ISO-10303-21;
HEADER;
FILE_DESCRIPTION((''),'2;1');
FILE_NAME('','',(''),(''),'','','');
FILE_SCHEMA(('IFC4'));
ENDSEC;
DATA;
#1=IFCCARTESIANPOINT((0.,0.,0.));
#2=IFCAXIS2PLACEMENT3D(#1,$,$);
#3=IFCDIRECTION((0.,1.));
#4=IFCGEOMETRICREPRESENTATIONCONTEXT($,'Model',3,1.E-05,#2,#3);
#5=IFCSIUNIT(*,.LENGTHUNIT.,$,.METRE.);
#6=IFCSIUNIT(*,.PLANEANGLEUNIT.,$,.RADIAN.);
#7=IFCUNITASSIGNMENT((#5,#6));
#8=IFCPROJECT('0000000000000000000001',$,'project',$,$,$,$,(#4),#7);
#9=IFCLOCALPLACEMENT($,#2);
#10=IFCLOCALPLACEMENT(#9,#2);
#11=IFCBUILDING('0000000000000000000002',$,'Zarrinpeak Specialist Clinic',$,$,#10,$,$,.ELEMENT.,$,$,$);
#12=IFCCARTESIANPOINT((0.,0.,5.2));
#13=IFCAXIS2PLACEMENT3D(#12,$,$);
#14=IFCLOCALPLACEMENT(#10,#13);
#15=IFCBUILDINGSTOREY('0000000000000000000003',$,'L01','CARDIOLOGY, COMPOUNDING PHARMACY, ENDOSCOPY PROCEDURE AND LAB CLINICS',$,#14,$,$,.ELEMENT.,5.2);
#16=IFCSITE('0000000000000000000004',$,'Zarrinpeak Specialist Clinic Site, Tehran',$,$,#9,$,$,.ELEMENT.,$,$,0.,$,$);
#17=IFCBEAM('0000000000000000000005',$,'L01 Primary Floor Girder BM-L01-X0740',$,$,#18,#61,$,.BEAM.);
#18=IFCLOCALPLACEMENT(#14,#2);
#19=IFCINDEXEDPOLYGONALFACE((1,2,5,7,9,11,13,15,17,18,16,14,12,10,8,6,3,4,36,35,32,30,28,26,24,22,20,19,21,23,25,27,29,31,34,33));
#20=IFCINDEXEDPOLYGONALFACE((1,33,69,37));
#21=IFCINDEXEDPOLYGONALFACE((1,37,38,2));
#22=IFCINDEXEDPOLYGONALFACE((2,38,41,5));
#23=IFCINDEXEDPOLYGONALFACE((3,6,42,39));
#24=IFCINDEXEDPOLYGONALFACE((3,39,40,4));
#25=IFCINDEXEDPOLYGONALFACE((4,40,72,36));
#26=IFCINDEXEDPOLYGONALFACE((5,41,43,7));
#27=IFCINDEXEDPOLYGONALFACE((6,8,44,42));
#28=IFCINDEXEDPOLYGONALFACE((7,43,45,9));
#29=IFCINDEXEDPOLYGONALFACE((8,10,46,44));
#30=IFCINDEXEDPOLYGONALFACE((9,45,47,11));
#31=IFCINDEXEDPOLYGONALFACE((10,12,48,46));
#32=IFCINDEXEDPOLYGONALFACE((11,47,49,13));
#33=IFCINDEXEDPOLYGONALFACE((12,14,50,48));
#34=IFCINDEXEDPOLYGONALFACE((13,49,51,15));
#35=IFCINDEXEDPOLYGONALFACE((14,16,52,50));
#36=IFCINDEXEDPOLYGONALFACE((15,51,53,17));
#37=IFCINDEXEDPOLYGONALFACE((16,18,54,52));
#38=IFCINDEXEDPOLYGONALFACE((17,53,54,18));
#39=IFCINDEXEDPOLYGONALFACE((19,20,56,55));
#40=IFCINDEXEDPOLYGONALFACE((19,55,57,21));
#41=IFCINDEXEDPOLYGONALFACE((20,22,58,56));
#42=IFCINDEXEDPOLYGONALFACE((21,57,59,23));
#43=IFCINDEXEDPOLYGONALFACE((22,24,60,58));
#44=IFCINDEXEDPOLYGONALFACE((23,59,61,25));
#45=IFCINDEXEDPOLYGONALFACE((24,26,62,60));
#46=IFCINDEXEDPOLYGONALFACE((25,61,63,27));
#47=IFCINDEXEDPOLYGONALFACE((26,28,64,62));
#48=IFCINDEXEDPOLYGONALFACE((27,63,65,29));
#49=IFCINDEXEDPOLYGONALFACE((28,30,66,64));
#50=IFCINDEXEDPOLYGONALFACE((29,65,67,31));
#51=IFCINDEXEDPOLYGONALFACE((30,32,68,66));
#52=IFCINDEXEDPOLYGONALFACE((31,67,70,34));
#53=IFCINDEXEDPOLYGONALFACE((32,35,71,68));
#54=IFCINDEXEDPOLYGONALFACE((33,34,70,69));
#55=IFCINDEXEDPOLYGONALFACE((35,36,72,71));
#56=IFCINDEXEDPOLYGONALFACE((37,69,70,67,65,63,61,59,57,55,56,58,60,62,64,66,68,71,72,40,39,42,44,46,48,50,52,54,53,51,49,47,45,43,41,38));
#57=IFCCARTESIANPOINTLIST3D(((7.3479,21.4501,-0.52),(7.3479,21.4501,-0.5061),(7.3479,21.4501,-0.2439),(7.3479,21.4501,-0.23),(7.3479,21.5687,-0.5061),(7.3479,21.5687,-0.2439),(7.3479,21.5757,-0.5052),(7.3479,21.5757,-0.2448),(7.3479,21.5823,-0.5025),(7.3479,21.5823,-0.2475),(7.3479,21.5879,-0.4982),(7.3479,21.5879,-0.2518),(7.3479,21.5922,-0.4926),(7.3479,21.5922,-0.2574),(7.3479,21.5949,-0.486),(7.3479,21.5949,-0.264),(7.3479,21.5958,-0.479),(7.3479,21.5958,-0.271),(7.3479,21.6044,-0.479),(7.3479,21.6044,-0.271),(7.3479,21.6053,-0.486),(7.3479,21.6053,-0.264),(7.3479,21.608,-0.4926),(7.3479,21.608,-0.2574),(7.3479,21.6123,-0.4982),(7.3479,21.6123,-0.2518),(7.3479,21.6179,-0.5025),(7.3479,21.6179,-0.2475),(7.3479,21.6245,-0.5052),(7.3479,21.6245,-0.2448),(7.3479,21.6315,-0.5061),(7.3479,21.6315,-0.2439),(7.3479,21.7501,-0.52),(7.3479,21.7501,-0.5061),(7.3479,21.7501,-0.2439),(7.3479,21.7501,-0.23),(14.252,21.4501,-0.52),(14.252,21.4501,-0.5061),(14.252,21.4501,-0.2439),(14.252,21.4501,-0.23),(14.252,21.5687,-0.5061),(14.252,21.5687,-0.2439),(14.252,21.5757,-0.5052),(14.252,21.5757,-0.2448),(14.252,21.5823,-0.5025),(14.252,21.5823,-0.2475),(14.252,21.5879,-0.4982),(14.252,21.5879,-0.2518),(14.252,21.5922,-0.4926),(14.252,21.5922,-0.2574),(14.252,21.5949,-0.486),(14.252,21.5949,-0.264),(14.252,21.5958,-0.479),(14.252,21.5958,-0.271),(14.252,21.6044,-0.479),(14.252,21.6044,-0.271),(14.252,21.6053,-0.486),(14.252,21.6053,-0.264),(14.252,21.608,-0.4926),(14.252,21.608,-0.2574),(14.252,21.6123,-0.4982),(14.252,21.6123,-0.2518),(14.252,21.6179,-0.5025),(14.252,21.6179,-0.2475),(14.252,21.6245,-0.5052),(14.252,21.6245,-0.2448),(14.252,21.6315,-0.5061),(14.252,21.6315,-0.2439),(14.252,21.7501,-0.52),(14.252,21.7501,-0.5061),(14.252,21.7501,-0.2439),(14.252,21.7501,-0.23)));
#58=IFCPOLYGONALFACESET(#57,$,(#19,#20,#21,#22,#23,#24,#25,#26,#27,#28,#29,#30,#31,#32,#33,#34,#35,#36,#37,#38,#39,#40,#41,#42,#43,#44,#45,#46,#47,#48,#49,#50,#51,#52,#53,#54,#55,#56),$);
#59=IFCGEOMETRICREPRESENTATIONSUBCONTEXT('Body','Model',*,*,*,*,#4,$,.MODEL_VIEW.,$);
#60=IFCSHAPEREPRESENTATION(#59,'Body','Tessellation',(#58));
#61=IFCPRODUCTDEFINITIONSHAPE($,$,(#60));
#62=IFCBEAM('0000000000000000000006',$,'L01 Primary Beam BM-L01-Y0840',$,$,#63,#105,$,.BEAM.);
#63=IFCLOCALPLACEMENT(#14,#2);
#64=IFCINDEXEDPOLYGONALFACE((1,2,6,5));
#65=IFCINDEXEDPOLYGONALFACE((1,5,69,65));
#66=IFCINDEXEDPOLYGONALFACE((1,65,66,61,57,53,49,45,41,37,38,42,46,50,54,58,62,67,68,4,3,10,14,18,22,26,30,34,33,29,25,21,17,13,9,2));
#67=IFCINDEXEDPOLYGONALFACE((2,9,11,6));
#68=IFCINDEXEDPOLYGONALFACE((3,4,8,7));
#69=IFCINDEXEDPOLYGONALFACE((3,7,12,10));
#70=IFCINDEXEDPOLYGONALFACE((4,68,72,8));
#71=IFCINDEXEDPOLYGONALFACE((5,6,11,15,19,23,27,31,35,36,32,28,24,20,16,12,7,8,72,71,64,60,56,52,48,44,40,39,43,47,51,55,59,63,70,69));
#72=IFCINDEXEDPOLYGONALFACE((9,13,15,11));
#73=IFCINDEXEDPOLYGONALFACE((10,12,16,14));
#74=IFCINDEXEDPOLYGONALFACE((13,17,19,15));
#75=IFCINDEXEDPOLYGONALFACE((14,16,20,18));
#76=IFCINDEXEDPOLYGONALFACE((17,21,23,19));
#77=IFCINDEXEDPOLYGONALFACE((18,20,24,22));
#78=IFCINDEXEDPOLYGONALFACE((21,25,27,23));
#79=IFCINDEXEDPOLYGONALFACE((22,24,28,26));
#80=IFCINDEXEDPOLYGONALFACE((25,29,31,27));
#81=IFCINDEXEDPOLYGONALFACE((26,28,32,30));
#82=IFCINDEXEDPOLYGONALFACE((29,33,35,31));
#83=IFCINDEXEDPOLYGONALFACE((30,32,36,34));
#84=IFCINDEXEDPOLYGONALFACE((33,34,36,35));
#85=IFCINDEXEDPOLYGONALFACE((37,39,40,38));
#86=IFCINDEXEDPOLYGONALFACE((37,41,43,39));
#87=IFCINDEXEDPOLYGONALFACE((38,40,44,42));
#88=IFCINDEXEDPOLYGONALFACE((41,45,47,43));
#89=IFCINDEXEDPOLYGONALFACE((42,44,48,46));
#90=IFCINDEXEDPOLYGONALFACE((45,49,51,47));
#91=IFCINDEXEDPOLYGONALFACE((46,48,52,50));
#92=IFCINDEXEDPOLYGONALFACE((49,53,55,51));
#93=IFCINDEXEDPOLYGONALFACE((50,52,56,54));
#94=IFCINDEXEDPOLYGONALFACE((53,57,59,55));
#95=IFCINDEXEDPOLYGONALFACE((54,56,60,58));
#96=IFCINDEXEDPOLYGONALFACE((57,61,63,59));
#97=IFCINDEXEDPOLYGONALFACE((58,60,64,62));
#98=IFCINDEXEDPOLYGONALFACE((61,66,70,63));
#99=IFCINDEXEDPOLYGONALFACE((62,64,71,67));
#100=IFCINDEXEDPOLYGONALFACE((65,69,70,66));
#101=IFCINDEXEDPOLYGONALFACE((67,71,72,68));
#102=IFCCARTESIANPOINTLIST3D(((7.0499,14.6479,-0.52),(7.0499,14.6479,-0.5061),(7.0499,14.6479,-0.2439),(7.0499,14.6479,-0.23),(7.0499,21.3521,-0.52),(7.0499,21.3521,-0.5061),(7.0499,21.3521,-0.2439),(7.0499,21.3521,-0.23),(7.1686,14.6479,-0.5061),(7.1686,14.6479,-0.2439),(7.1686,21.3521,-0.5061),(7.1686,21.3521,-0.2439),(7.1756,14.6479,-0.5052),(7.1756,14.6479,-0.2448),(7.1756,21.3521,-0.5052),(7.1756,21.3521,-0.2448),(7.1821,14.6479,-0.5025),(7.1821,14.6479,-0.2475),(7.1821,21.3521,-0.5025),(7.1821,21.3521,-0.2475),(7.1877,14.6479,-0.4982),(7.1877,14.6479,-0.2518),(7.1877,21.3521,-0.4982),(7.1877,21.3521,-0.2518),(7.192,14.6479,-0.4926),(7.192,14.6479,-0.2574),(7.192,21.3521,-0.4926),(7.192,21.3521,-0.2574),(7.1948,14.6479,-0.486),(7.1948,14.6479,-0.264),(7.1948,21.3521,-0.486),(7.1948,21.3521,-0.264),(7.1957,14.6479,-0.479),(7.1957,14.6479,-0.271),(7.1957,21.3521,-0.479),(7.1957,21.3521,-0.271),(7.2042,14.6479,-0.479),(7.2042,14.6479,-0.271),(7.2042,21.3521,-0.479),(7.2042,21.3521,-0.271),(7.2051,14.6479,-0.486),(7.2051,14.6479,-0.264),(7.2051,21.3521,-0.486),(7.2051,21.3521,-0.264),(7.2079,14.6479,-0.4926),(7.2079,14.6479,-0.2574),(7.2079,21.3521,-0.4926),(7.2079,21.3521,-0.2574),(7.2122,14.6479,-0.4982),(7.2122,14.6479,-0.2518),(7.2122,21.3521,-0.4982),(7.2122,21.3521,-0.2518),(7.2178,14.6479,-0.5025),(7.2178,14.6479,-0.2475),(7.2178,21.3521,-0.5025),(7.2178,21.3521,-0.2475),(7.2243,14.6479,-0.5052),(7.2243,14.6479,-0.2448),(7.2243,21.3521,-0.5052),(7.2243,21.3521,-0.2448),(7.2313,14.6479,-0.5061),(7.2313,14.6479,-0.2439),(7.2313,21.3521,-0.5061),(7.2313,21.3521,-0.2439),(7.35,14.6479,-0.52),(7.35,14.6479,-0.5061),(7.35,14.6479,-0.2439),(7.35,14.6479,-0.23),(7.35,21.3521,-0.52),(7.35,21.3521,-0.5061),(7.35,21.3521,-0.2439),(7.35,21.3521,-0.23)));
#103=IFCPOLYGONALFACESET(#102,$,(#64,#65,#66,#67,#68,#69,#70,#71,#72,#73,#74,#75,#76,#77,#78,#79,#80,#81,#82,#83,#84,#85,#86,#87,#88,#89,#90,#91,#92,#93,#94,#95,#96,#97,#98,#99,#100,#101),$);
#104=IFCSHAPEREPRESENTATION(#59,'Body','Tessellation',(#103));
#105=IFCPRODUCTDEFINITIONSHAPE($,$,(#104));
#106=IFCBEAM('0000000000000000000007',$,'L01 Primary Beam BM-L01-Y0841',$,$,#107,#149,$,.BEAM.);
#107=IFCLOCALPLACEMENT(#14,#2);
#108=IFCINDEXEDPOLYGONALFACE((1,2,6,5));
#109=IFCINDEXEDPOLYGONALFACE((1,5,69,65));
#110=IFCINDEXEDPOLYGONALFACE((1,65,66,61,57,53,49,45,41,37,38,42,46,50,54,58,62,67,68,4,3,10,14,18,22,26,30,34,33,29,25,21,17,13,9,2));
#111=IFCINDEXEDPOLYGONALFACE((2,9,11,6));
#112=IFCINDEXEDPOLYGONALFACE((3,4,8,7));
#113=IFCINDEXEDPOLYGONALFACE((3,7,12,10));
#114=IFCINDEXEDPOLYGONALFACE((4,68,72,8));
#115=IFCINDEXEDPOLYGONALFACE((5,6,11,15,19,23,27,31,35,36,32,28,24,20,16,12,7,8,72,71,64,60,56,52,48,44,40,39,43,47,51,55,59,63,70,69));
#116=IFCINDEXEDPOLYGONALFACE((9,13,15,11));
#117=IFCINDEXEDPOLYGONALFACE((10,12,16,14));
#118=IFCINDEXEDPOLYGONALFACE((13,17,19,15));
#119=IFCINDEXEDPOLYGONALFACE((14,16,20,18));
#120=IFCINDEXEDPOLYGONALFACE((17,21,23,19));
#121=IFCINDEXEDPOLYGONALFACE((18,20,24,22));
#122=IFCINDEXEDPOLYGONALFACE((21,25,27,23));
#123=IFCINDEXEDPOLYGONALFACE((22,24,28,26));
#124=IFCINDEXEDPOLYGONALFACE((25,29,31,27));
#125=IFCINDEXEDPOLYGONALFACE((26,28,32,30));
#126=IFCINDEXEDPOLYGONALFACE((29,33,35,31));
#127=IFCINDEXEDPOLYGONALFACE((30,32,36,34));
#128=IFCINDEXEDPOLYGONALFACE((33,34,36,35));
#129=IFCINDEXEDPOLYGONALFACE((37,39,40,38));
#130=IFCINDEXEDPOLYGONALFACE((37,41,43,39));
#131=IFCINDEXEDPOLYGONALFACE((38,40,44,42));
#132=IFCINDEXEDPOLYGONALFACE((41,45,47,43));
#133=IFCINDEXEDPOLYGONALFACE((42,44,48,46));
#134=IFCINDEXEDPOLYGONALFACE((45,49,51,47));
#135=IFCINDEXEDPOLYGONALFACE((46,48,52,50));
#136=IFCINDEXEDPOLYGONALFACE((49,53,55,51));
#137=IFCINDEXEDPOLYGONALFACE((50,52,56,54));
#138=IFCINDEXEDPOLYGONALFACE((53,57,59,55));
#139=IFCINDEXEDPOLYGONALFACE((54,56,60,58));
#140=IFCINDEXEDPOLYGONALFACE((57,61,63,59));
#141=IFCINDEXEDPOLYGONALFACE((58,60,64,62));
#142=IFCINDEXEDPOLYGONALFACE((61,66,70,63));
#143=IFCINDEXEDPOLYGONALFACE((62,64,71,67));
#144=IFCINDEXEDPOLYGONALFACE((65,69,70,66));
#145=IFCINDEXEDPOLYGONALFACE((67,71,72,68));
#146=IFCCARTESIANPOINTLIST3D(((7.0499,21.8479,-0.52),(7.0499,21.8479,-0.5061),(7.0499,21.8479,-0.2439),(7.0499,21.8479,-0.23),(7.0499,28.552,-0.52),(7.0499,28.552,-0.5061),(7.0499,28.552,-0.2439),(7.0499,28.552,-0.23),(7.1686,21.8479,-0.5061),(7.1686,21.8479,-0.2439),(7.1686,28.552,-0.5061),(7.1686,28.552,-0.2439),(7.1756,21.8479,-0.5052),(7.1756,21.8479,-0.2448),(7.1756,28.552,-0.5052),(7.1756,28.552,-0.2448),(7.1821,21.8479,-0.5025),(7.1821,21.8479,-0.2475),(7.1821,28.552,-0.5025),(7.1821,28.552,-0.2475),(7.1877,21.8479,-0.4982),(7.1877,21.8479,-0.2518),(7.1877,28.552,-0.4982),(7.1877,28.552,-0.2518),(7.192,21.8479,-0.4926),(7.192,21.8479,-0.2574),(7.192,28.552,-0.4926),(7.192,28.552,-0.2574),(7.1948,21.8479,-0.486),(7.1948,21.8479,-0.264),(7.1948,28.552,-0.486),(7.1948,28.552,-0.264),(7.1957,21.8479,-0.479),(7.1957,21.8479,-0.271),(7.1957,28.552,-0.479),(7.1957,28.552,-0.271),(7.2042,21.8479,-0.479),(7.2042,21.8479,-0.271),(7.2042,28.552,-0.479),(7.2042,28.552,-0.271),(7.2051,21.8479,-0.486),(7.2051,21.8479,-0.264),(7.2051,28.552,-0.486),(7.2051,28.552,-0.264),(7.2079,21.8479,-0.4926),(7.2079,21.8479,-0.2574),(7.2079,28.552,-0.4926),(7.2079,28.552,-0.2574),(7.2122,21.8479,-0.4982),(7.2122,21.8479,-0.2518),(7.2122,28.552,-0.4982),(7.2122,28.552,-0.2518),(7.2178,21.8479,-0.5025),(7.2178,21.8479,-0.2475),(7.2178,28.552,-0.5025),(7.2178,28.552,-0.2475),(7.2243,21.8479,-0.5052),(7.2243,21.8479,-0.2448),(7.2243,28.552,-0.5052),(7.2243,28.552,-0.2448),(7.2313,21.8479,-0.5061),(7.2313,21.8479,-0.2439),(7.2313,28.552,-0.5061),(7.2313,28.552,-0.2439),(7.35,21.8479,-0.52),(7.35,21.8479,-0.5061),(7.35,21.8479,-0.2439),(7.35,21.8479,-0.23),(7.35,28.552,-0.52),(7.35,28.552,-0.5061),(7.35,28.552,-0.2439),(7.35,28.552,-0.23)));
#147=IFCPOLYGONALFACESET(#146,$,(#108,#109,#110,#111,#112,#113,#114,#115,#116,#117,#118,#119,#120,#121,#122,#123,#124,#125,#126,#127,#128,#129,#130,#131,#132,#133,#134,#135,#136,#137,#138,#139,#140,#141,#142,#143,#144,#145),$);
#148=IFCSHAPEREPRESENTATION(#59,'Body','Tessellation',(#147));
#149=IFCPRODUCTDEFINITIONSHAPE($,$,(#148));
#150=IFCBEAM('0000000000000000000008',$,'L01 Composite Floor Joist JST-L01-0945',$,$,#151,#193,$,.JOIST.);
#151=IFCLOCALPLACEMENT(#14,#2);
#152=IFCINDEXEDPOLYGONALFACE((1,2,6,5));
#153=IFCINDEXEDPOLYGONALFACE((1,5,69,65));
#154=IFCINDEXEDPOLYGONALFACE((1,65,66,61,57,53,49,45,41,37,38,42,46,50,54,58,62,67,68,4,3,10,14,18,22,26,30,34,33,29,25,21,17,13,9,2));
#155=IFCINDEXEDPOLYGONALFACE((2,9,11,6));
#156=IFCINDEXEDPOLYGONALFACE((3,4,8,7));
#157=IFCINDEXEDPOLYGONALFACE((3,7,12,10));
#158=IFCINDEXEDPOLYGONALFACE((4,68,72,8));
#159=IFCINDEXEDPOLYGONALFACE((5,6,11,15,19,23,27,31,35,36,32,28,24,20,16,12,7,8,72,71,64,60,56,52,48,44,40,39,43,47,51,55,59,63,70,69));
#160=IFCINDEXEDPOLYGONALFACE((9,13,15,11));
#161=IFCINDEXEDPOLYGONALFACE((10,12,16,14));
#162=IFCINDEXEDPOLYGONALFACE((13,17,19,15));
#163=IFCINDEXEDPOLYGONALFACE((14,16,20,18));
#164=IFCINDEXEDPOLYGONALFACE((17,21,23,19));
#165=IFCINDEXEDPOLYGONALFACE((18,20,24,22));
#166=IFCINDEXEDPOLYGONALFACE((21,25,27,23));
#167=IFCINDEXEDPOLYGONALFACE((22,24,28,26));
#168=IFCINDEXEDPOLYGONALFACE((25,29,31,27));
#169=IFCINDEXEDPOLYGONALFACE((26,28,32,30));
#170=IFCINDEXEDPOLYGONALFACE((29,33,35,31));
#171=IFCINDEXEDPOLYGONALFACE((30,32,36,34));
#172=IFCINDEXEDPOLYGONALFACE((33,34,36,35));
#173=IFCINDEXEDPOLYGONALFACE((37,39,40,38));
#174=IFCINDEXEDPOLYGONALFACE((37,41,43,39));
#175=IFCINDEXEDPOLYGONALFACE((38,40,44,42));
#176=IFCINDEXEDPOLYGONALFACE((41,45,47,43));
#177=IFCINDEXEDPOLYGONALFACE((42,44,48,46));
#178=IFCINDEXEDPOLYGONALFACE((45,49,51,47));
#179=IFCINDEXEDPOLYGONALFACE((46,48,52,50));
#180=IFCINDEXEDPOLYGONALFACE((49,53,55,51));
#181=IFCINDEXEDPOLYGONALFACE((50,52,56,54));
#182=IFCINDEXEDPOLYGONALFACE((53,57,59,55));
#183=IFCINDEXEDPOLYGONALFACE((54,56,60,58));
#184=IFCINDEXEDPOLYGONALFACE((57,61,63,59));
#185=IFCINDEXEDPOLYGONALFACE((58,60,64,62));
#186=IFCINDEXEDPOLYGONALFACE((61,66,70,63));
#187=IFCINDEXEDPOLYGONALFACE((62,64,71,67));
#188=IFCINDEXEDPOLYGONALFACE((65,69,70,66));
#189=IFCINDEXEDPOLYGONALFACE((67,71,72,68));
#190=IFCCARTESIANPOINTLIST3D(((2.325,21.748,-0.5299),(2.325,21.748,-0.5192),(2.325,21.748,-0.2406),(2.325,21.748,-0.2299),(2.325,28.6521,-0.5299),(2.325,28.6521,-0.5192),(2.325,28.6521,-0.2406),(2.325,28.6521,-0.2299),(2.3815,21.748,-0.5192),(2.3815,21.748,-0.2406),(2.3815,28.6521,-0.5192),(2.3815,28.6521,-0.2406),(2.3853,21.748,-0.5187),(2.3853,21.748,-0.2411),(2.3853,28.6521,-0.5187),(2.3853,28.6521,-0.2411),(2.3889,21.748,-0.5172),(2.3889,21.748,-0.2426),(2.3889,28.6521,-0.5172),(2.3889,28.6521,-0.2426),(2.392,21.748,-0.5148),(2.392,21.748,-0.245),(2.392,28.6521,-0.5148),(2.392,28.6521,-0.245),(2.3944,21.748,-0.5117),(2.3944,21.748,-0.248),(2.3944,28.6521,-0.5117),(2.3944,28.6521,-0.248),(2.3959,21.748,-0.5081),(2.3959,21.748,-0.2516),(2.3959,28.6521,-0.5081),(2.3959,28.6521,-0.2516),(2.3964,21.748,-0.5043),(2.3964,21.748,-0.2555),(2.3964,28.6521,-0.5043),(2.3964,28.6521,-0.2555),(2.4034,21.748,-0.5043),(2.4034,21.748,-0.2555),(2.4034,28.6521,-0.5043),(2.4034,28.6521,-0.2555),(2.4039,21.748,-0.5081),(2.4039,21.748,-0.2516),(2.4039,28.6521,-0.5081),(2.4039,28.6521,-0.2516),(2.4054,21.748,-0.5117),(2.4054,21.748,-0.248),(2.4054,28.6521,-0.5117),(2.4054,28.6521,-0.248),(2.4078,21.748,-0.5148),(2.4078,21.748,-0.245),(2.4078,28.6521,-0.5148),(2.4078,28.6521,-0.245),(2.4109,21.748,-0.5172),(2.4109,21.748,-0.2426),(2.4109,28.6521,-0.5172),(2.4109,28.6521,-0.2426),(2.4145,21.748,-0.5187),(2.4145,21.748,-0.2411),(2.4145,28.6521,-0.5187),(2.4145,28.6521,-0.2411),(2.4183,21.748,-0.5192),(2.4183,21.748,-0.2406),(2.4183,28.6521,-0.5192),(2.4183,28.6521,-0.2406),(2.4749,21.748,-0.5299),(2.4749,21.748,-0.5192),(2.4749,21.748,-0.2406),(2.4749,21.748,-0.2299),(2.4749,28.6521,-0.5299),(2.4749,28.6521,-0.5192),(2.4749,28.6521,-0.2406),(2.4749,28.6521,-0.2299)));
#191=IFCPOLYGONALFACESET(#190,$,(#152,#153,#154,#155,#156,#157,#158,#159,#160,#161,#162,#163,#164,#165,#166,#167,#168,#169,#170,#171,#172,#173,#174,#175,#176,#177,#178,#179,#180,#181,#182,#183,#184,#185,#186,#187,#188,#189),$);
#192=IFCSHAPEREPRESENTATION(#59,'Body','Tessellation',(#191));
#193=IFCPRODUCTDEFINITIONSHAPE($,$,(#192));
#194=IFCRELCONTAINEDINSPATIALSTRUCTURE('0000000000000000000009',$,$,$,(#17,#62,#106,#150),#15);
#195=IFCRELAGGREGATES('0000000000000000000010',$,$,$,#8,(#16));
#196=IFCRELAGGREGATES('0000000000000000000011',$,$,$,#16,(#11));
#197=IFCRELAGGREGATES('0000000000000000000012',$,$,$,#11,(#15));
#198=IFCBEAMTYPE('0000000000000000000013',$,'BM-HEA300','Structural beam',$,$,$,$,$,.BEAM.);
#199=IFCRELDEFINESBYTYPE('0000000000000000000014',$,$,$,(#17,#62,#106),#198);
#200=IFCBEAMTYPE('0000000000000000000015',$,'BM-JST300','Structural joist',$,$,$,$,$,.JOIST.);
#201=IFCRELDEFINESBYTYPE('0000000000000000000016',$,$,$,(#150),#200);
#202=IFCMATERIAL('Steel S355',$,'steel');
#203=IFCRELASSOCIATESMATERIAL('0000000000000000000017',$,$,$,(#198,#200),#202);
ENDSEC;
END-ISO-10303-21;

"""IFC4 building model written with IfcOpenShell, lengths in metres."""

from ifc_helpers import new_model, si_unit, direction, frame, origin, origin_2d, place, context, subcontext, project, spatial, i_section, extrude, material, material_profile, profile_set, type_object, element, save


model = new_model("IFC4")

# Units and contexts
model_context = context("Model", 3, precision=1e-05, world=origin(), true_north=direction((0.0, 1.0)))
body_context = subcontext(model_context, "Body", "Model", "MODEL_VIEW")
ifc_project = project(units=[si_unit("LENGTHUNIT", "METRE"), si_unit("PLANEANGLEUNIT", "RADIAN")], contexts=[model_context])

# Site, building, storey
site_placement = place(None, origin())
site = spatial("IfcSite", under=ifc_project, at=site_placement, Name="Zarrinpeak Specialist Clinic Site, Tehran", CompositionType="ELEMENT", RefElevation=0.0)
building_placement = place(site_placement, origin())
building = spatial("IfcBuilding", under=site, at=building_placement, Name="Zarrinpeak Specialist Clinic", CompositionType="ELEMENT")
storey_placement = place(building_placement, frame((0.0, 0.0, 5.2)))
storey = spatial("IfcBuildingStorey", under=building, at=storey_placement, Name="L01", Description="CARDIOLOGY, COMPOUNDING PHARMACY, ENDOSCOPY PROCEDURE AND LAB CLINICS", CompositionType="ELEMENT", Elevation=5.2)

# Shared definitions
ifc_material_1 = material(Name="Steel S355", Category="steel")

# Beams
ifc_material_profile_1 = material_profile(ifc_material_1, i_section(OverallWidth=0.3, OverallDepth=0.29, WebThickness=0.0085, FlangeThickness=0.0139, FilletRadius=0.0271, at=origin_2d()), Name="HEA 300")
ifc_profile_set_1 = profile_set([ifc_material_profile_1], Name="Steel S355")
beam_type_1 = type_object("IfcBeamType", Name="BM-HEA300", Description="Structural beam", PredefinedType="BEAM", material=ifc_profile_set_1)
for number, where, z_axis, x_axis, name in (
    (1, (7.3479, 21.6001, -0.375), (1.0, 0.0, 0.0), (0.0, 1.0, 0.0), "L01 Primary Floor Girder BM-L01-X0740"),
):
    element("IfcBeam", number, at=place(storey_placement, frame(where, z_axis=z_axis, x_axis=x_axis)), inside=storey, type_object=beam_type_1, Name=name, PredefinedType="BEAM", context=body_context, shape_type="SweptSolid", body=[
        extrude(i_section(OverallWidth=0.3, OverallDepth=0.29, WebThickness=0.0085, FlangeThickness=0.0139, FilletRadius=0.0271, at=origin_2d()), origin(), (0.0, 0.0, 1.0), 6.9041),
    ])
for number, where, z_axis, x_axis, name in (
    (2, (7.2, 14.6479, -0.375), (0.0, 1.0, 0.0), (-1.0, 0.0, 0.0), "L01 Primary Beam BM-L01-Y0840"),
    (3, (7.2, 21.8479, -0.375), (0.0, 1.0, 0.0), (-1.0, 0.0, 0.0), "L01 Primary Beam BM-L01-Y0841"),
):
    element("IfcBeam", number, at=place(storey_placement, frame(where, z_axis=z_axis, x_axis=x_axis)), inside=storey, type_object=beam_type_1, Name=name, PredefinedType="BEAM", context=body_context, shape_type="SweptSolid", body=[
        extrude(i_section(OverallWidth=0.3, OverallDepth=0.29, WebThickness=0.0085, FlangeThickness=0.0139, FilletRadius=0.0271, at=origin_2d()), origin(), (0.0, 0.0, 1.0), 6.7041),
    ])
ifc_material_profile_2 = material_profile(ifc_material_1, i_section(OverallWidth=0.1499, OverallDepth=0.3, WebThickness=0.0071, FlangeThickness=0.0107, FilletRadius=0.0149, at=origin_2d()), Name="IPE 300")
ifc_profile_set_2 = profile_set([ifc_material_profile_2], Name="Steel S355")
beam_type_2 = type_object("IfcBeamType", Name="BM-JST300", Description="Structural joist", PredefinedType="JOIST", material=ifc_profile_set_2)
for number, where, z_axis, x_axis, name in (
    (4, (2.3999, 21.748, -0.3799), (0.0, 1.0, 0.0), (-1.0, 0.0, 0.0), "L01 Composite Floor Joist JST-L01-0945"),
):
    element("IfcBeam", number, at=place(storey_placement, frame(where, z_axis=z_axis, x_axis=x_axis)), inside=storey, type_object=beam_type_2, Name=name, PredefinedType="JOIST", context=body_context, shape_type="SweptSolid", body=[
        extrude(i_section(OverallWidth=0.1499, OverallDepth=0.3, WebThickness=0.0071, FlangeThickness=0.0107, FilletRadius=0.0149, at=origin_2d()), origin(), (0.0, 0.0, 1.0), 6.9041),
    ])

save(model, "model.ifc")
